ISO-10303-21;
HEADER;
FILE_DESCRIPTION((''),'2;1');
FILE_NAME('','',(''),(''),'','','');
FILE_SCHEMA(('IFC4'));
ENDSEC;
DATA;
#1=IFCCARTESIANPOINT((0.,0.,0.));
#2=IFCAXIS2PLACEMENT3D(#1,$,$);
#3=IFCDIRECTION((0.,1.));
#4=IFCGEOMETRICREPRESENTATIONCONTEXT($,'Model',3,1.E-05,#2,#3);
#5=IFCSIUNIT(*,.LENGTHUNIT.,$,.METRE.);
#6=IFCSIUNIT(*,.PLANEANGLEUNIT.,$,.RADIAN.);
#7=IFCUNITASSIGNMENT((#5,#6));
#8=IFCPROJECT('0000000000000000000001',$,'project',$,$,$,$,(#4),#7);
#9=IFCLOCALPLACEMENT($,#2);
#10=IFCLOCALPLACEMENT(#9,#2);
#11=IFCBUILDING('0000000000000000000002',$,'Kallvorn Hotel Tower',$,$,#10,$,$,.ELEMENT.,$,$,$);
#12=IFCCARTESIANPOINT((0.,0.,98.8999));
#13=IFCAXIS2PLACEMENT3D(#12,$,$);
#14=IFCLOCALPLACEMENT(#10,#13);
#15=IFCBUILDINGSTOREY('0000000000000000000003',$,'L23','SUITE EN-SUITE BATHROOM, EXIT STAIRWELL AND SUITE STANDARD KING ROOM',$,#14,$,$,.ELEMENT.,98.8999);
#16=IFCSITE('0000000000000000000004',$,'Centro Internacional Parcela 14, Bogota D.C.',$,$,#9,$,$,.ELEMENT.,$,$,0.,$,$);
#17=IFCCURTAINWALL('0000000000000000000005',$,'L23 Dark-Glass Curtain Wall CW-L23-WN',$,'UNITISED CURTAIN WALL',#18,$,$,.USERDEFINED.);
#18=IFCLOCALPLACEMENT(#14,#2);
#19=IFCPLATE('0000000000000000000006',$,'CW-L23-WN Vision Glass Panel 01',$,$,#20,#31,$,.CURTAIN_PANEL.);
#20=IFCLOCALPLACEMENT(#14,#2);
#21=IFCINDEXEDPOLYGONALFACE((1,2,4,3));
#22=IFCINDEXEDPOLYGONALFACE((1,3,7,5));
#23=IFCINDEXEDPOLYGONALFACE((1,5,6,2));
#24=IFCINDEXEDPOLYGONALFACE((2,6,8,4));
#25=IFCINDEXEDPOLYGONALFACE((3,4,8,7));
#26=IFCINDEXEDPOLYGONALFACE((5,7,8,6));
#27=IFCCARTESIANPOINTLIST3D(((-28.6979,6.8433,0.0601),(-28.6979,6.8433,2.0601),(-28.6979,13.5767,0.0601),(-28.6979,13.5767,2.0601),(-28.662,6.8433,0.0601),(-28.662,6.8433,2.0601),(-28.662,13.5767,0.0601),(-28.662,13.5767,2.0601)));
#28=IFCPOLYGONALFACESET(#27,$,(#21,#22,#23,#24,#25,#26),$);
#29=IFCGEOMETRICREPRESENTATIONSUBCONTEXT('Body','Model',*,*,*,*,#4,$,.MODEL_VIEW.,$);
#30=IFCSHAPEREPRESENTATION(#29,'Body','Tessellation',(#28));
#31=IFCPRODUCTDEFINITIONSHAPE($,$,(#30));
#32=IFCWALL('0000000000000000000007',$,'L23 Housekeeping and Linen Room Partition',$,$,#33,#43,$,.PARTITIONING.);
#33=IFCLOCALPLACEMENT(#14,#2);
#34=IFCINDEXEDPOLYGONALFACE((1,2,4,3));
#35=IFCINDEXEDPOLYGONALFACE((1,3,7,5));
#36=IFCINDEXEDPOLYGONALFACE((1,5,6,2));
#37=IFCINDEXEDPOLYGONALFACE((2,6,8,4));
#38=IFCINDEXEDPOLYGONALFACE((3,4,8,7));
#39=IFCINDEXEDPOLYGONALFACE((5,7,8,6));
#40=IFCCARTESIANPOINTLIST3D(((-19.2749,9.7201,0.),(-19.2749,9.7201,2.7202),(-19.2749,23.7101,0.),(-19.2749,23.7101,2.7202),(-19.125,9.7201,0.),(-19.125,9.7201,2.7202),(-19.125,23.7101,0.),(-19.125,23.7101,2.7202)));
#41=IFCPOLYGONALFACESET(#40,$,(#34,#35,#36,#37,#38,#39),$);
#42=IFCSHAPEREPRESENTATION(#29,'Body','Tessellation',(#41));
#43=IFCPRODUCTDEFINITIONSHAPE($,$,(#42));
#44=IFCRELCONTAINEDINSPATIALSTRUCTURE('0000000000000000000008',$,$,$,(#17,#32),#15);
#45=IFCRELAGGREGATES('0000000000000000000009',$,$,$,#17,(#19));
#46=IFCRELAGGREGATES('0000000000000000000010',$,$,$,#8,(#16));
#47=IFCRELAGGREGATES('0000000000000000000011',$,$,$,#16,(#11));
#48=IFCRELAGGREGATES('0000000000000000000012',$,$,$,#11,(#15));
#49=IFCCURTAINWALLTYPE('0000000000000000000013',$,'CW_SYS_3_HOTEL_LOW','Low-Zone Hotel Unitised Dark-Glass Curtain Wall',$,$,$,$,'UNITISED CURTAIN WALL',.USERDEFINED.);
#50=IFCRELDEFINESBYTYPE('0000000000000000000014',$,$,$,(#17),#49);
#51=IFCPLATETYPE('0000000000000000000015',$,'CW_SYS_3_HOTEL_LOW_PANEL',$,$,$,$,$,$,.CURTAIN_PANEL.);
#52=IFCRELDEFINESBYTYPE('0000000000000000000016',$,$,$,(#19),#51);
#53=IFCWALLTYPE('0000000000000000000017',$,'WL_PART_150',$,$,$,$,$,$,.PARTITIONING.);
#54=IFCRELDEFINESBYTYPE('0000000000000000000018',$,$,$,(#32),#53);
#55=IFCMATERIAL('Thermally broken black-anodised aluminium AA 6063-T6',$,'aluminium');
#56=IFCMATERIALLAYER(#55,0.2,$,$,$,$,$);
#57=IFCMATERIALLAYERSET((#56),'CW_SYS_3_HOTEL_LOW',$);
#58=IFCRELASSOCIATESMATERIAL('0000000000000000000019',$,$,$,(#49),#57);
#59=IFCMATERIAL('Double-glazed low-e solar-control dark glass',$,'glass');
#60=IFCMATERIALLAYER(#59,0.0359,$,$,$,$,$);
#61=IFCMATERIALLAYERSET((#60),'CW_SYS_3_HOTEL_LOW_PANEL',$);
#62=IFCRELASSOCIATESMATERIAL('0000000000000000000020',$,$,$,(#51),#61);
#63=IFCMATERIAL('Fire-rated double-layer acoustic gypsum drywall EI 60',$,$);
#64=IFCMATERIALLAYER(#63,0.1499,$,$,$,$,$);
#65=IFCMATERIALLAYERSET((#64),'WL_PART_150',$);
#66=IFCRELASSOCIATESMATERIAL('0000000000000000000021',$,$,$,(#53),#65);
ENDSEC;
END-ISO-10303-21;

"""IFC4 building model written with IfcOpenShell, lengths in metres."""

from ifc_helpers import new_model, si_unit, direction, frame, frame_2d, origin, origin_2d, place, context, subcontext, project, spatial, rectangle, extrude, material, layer, layer_set, type_object, element, aggregate, save


model = new_model("IFC4")

# Units and contexts
model_context = context("Model", 3, precision=1e-05, world=origin(), true_north=direction((0.0, 1.0)))
body_context = subcontext(model_context, "Body", "Model", "MODEL_VIEW")
ifc_project = project(units=[si_unit("LENGTHUNIT", "METRE"), si_unit("PLANEANGLEUNIT", "RADIAN")], contexts=[model_context])

# Site, building, storey
site_placement = place(None, origin())
site = spatial("IfcSite", under=ifc_project, at=site_placement, Name="Centro Internacional Parcela 14, Bogota D.C.", CompositionType="ELEMENT", RefElevation=0.0)
building_placement = place(site_placement, origin())
building = spatial("IfcBuilding", under=site, at=building_placement, Name="Kallvorn Hotel Tower", CompositionType="ELEMENT")
storey_placement = place(building_placement, frame((0.0, 0.0, 98.8999)))
storey = spatial("IfcBuildingStorey", under=building, at=storey_placement, Name="L23", Description="SUITE EN-SUITE BATHROOM, EXIT STAIRWELL AND SUITE STANDARD KING ROOM", CompositionType="ELEMENT", Elevation=98.8999)

# Curtain wall, plate
ifc_material_1 = material(Name="Thermally broken black-anodised aluminium AA 6063-T6", Category="aluminium")
ifc_layer_1 = layer(ifc_material_1, 0.2)
ifc_layer_set_1 = layer_set([ifc_layer_1], Name="CW_SYS_3_HOTEL_LOW")
curtain_wall_type = type_object("IfcCurtainWallType", Name="CW_SYS_3_HOTEL_LOW", Description="Low-Zone Hotel Unitised Dark-Glass Curtain Wall", ElementType="UNITISED CURTAIN WALL", PredefinedType="USERDEFINED", material=ifc_layer_set_1)
curtain_wall_placement = place(storey_placement, origin())
curtain_wall = element("IfcCurtainWall", 1, at=curtain_wall_placement, inside=storey, type_object=curtain_wall_type, Name="L23 Dark-Glass Curtain Wall CW-L23-WN", ObjectType="UNITISED CURTAIN WALL", PredefinedType="USERDEFINED")
ifc_material_2 = material(Name="Double-glazed low-e solar-control dark glass", Category="glass")
ifc_layer_2 = layer(ifc_material_2, 0.0359)
ifc_layer_set_2 = layer_set([ifc_layer_2], Name="CW_SYS_3_HOTEL_LOW_PANEL")
plate_type = type_object("IfcPlateType", Name="CW_SYS_3_HOTEL_LOW_PANEL", PredefinedType="CURTAIN_PANEL", material=ifc_layer_set_2)
plate_placement = place(storey_placement, frame((-28.6799, 10.21, 0.0601), z_axis=(0.0, 0.0, 1.0), x_axis=(0.0, 1.0, 0.0)))
plate = element("IfcPlate", 2, at=plate_placement, type_object=plate_type, Name="CW-L23-WN Vision Glass Panel 01", PredefinedType="CURTAIN_PANEL", context=body_context, shape_type="SweptSolid", body=[
    extrude(rectangle(XDim=6.7334, YDim=0.0359, at=origin_2d()), origin(), (0.0, 0.0, 1.0), 2.0),
])
aggregate(curtain_wall, [plate])

# Wall
ifc_material_3 = material(Name="Fire-rated double-layer acoustic gypsum drywall EI 60")
ifc_layer_3 = layer(ifc_material_3, 0.1499)
ifc_layer_set_3 = layer_set([ifc_layer_3], Name="WL_PART_150")
wall_type_1 = type_object("IfcWallType", Name="WL_PART_150", PredefinedType="PARTITIONING", material=ifc_layer_set_3)
wall_1_placement = place(storey_placement, frame((-19.2, 9.72, 0.0), z_axis=(0.0, 0.0, 1.0), x_axis=(0.0, 1.0, 0.0)))
element("IfcWall", 3, at=wall_1_placement, inside=storey, type_object=wall_type_1, Name="L23 Housekeeping and Linen Room Partition", PredefinedType="PARTITIONING", context=body_context, shape_type="SweptSolid", body=[
    extrude(rectangle(XDim=13.99, YDim=0.1499, at=frame_2d((6.9951, 0.0))), origin(), (0.0, 0.0, 1.0), 2.7202),
])

save(model, "model.ifc")
